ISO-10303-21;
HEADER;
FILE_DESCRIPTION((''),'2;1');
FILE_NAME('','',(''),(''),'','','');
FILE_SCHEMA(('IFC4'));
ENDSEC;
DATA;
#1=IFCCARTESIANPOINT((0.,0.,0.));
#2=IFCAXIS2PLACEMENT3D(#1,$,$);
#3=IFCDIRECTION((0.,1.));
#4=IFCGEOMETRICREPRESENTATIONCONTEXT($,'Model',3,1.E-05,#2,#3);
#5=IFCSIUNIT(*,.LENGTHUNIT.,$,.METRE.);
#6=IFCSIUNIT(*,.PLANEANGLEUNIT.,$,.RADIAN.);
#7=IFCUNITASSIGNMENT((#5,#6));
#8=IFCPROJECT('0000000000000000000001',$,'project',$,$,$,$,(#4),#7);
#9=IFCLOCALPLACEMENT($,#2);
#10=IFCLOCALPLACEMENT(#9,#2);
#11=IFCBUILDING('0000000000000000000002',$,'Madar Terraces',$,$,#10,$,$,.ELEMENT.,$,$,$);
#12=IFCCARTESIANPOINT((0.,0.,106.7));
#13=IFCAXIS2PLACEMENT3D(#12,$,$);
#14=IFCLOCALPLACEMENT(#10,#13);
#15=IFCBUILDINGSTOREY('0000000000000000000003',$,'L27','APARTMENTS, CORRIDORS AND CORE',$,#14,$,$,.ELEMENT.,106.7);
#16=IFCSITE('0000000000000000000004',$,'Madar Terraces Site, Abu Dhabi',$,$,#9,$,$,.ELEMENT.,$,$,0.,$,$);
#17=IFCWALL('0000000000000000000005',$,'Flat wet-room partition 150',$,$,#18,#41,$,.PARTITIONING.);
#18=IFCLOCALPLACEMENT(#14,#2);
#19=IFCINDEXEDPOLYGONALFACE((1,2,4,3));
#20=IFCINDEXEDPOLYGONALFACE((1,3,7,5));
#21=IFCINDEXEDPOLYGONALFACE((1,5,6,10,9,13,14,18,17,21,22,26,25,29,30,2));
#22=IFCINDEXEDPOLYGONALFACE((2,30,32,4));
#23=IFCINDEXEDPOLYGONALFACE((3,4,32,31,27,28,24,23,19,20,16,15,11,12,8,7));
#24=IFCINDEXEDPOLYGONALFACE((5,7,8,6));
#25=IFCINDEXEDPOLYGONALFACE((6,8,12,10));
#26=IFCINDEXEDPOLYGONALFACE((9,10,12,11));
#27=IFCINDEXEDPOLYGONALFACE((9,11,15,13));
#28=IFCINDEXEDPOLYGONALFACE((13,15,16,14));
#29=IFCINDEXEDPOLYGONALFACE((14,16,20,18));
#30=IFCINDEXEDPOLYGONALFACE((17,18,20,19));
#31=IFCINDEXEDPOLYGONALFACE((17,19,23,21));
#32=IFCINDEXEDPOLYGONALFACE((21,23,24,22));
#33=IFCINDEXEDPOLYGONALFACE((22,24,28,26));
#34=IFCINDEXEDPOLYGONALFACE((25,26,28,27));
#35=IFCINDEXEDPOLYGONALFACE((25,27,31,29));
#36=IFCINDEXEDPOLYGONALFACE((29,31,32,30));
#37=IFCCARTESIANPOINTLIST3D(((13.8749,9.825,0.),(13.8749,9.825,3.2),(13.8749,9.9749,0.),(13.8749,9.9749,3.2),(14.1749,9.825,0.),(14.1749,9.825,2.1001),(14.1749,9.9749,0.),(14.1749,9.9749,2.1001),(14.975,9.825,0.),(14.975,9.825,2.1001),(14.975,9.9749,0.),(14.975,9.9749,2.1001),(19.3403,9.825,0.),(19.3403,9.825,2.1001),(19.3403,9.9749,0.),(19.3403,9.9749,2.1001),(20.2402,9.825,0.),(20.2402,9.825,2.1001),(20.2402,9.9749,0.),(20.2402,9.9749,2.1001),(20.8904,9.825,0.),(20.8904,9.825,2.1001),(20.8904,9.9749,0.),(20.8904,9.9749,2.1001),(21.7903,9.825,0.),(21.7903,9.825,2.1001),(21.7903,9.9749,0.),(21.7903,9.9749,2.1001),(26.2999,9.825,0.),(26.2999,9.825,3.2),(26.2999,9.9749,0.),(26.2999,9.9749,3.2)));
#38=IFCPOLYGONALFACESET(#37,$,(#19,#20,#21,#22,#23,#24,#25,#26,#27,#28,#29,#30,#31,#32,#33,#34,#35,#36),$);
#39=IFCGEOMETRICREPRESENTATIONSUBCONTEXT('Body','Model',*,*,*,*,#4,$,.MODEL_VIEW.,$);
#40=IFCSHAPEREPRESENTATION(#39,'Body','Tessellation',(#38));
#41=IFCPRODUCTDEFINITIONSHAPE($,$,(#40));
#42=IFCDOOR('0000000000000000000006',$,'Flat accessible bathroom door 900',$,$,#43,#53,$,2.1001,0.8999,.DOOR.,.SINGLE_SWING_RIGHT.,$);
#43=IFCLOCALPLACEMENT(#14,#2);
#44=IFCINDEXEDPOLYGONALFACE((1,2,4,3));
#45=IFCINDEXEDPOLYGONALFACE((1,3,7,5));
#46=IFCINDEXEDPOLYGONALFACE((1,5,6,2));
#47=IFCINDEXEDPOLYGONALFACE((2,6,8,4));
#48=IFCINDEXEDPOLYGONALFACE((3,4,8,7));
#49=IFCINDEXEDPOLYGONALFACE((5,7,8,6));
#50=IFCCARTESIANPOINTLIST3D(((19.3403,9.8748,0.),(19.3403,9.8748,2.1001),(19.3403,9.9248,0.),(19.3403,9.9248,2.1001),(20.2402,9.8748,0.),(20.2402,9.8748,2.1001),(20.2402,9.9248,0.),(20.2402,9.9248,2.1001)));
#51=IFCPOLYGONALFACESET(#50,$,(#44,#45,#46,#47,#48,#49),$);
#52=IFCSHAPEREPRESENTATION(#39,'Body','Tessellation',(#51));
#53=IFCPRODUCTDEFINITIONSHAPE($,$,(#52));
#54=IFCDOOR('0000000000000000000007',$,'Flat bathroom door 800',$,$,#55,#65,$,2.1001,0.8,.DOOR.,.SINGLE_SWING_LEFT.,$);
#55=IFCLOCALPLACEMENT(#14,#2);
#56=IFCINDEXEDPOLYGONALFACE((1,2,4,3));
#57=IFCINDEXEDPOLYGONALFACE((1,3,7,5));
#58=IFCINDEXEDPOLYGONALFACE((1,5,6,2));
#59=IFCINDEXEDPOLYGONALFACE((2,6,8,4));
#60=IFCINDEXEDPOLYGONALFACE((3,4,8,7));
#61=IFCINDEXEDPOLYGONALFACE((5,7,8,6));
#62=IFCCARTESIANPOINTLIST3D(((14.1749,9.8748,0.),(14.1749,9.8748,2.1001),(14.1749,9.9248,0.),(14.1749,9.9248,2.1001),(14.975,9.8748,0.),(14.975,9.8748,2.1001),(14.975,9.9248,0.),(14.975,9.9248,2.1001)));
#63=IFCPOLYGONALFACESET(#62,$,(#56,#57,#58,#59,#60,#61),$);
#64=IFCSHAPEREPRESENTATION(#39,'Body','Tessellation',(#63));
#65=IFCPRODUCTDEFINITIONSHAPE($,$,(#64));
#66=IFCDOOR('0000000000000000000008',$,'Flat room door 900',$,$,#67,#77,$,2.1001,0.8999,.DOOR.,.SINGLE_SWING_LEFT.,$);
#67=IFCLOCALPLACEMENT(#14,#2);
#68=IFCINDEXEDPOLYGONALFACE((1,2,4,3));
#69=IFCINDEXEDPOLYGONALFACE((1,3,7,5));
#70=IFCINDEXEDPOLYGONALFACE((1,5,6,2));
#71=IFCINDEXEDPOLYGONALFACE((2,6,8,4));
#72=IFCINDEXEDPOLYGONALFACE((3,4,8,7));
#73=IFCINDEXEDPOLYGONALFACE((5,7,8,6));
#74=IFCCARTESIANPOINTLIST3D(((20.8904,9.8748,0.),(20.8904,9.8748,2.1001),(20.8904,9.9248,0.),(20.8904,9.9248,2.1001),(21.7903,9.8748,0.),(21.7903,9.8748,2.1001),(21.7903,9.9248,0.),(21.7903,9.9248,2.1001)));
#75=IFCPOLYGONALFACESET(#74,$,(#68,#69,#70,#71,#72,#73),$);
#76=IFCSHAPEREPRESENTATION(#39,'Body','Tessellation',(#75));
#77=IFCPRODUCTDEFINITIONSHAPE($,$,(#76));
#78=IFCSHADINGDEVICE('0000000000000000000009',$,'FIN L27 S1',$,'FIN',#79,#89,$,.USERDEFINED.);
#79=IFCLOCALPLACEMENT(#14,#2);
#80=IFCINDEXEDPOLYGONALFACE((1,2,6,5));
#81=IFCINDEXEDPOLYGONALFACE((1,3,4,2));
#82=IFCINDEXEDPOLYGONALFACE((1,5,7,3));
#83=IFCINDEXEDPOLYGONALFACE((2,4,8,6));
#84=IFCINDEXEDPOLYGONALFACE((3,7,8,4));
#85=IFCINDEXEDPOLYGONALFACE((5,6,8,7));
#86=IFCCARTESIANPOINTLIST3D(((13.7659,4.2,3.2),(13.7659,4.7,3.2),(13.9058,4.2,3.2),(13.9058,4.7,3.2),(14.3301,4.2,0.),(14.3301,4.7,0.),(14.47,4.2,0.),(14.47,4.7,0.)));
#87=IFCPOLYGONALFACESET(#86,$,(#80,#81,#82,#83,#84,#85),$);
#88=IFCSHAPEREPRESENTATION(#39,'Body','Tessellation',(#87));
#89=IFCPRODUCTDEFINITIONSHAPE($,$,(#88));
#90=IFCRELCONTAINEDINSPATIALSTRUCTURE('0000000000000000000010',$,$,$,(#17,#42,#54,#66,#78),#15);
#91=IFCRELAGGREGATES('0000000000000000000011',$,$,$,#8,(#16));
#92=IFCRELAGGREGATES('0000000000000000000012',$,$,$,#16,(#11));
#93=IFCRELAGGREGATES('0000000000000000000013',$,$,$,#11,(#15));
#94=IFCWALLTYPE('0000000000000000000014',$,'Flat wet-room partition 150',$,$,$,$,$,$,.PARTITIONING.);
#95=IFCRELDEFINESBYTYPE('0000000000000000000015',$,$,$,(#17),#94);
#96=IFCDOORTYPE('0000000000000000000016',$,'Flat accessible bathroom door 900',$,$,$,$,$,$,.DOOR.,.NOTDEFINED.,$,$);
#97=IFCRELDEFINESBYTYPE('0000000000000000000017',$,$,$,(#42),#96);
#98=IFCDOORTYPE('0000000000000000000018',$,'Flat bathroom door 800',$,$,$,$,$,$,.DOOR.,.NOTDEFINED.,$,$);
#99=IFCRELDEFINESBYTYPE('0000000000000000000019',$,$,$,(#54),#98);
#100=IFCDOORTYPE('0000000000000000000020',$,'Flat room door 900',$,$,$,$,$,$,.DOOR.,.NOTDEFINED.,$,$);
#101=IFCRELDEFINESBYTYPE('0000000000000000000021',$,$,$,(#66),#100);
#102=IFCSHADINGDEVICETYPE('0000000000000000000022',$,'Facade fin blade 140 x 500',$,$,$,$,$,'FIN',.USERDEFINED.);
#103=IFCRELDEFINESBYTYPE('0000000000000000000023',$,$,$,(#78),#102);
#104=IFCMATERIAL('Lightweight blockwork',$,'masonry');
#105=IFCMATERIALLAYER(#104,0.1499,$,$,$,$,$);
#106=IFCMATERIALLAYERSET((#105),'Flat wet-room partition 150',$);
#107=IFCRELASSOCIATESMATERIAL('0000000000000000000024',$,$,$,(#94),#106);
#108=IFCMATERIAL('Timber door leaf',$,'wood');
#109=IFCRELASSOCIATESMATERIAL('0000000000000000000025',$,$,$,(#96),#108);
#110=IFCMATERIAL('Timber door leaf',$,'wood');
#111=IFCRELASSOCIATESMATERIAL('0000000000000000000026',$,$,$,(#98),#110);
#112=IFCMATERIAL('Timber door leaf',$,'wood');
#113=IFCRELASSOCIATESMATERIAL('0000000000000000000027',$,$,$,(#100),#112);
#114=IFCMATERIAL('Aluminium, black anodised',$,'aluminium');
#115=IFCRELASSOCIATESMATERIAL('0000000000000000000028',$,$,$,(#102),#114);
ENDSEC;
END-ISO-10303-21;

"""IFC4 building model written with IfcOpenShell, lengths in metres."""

from ifc_helpers import new_model, si_unit, direction, frame, frame_2d, origin, place, context, subcontext, project, spatial, polyline, rectangle, outline, extrude, material, layer, layer_set, type_object, element, fill, save


model = new_model("IFC4")

# Units and contexts
model_context = context("Model", 3, precision=1e-05, world=origin(), true_north=direction((0.0, 1.0)))
body_context = subcontext(model_context, "Body", "Model", "MODEL_VIEW")
ifc_project = project(units=[si_unit("LENGTHUNIT", "METRE"), si_unit("PLANEANGLEUNIT", "RADIAN")], contexts=[model_context])

# Site, building, storey
site_placement = place(None, origin())
site = spatial("IfcSite", under=ifc_project, at=site_placement, Name="Madar Terraces Site, Abu Dhabi", CompositionType="ELEMENT", RefElevation=0.0)
building_placement = place(site_placement, origin())
building = spatial("IfcBuilding", under=site, at=building_placement, Name="Madar Terraces", CompositionType="ELEMENT")
storey_placement = place(building_placement, frame((0.0, 0.0, 106.7)))
storey = spatial("IfcBuildingStorey", under=building, at=storey_placement, Name="L27", Description="APARTMENTS, CORRIDORS AND CORE", CompositionType="ELEMENT", Elevation=106.7)

# Shared definitions
ifc_material_1 = material(Name="Lightweight blockwork", Category="masonry")
ifc_layer_1 = layer(ifc_material_1, 0.1499)
ifc_layer_set_1 = layer_set([ifc_layer_1], Name="Flat wet-room partition 150")
wall_type_1 = type_object("IfcWallType", Name="Flat wet-room partition 150", PredefinedType="PARTITIONING", material=ifc_layer_set_1)

# Wall, openings, doors
wall_1_placement = place(storey_placement, frame((13.875, 9.8999, 0.0), z_axis=(0.0, 0.0, 1.0), x_axis=(1.0, 0.0, 0.0)))
wall_1 = element("IfcWall", 1, at=wall_1_placement, inside=storey, type_object=wall_type_1, Name="Flat wet-room partition 150", PredefinedType="PARTITIONING", context=body_context, shape_type="SweptSolid", body=[
    extrude(rectangle(XDim=12.425, YDim=0.1499, at=frame_2d((6.2124, 0.0))), origin(), (0.0, 0.0, 1.0), 3.2),
])
opening_1_placement = place(wall_1_placement, frame((0.3, 0.0, 0.0)))
opening_1 = element("IfcOpeningElement", 2, at=opening_1_placement, cuts=wall_1, PredefinedType="OPENING", context=body_context, shape_type="SweptSolid", body=[
    extrude(rectangle(XDim=0.8, YDim=2.1001, at=frame_2d((0.3999, 1.05))), frame((0.0, 0.085, 0.0), z_axis=(0.0, -1.0, 0.0), x_axis=(1.0, 0.0, 0.0)), (0.0, 0.0, 1.0), 0.1699),
])
opening_2_placement = place(wall_1_placement, frame((5.4653, 0.0, 0.0)))
opening_2 = element("IfcOpeningElement", 3, at=opening_2_placement, cuts=wall_1, PredefinedType="OPENING", context=body_context, shape_type="SweptSolid", body=[
    extrude(rectangle(XDim=0.8999, YDim=2.1001, at=frame_2d((0.45, 1.05))), frame((0.0, 0.085, 0.0), z_axis=(0.0, -1.0, 0.0), x_axis=(1.0, 0.0, 0.0)), (0.0, 0.0, 1.0), 0.1699),
])
opening_3_placement = place(wall_1_placement, frame((7.0154, 0.0, 0.0)))
opening_3 = element("IfcOpeningElement", 4, at=opening_3_placement, cuts=wall_1, PredefinedType="OPENING", context=body_context, shape_type="SweptSolid", body=[
    extrude(rectangle(XDim=0.8999, YDim=2.1001, at=frame_2d((0.45, 1.05))), frame((0.0, 0.085, 0.0), z_axis=(0.0, -1.0, 0.0), x_axis=(1.0, 0.0, 0.0)), (0.0, 0.0, 1.0), 0.1699),
])
ifc_material_2 = material(Name="Timber door leaf", Category="wood")
door_type_1 = type_object("IfcDoorType", Name="Flat accessible bathroom door 900", OperationType="NOTDEFINED", PredefinedType="DOOR", material=ifc_material_2)
door_1_placement = place(opening_2_placement, origin())
door_1 = element("IfcDoor", 5, at=door_1_placement, inside=storey, type_object=door_type_1, Name="Flat accessible bathroom door 900", OperationType="SINGLE_SWING_RIGHT", OverallHeight=2.1001, OverallWidth=0.8999, PredefinedType="DOOR", context=body_context, shape_type="SweptSolid", body=[
    extrude(rectangle(XDim=0.8999, YDim=2.1001, at=frame_2d((0.45, 1.05))), frame((0.0, 0.0249, 0.0), z_axis=(0.0, -1.0, 0.0), x_axis=(1.0, 0.0, 0.0)), (0.0, 0.0, 1.0), 0.05),
])
fill(opening_2, door_1)
ifc_material_3 = material(Name="Timber door leaf", Category="wood")
door_type_2 = type_object("IfcDoorType", Name="Flat bathroom door 800", OperationType="NOTDEFINED", PredefinedType="DOOR", material=ifc_material_3)
door_2_placement = place(opening_1_placement, origin())
door_2 = element("IfcDoor", 6, at=door_2_placement, inside=storey, type_object=door_type_2, Name="Flat bathroom door 800", OperationType="SINGLE_SWING_LEFT", OverallHeight=2.1001, OverallWidth=0.8, PredefinedType="DOOR", context=body_context, shape_type="SweptSolid", body=[
    extrude(rectangle(XDim=0.8, YDim=2.1001, at=frame_2d((0.3999, 1.05))), frame((0.0, 0.0249, 0.0), z_axis=(0.0, -1.0, 0.0), x_axis=(1.0, 0.0, 0.0)), (0.0, 0.0, 1.0), 0.05),
])
fill(opening_1, door_2)
ifc_material_4 = material(Name="Timber door leaf", Category="wood")
door_type_3 = type_object("IfcDoorType", Name="Flat room door 900", OperationType="NOTDEFINED", PredefinedType="DOOR", material=ifc_material_4)
door_3_placement = place(opening_3_placement, origin())
door_3 = element("IfcDoor", 7, at=door_3_placement, inside=storey, type_object=door_type_3, Name="Flat room door 900", OperationType="SINGLE_SWING_LEFT", OverallHeight=2.1001, OverallWidth=0.8999, PredefinedType="DOOR", context=body_context, shape_type="SweptSolid", body=[
    extrude(rectangle(XDim=0.8999, YDim=2.1001, at=frame_2d((0.45, 1.05))), frame((0.0, 0.0249, 0.0), z_axis=(0.0, -1.0, 0.0), x_axis=(1.0, 0.0, 0.0)), (0.0, 0.0, 1.0), 0.05),
])
fill(opening_3, door_3)

# Shading device
ifc_material_5 = material(Name="Aluminium, black anodised", Category="aluminium")
shading_device_type = type_object("IfcShadingDeviceType", Name="Facade fin blade 140 x 500", ElementType="FIN", PredefinedType="USERDEFINED", material=ifc_material_5)
shading_device_placement = place(storey_placement, frame((14.3301, 4.45, 0.0), z_axis=(0.0, 0.0, 1.0), x_axis=(1.0, 0.0, 0.0)))
element("IfcShadingDevice", 8, at=shading_device_placement, inside=storey, type_object=shading_device_type, Name="FIN L27 S1", ObjectType="FIN", PredefinedType="USERDEFINED", context=body_context, shape_type="SweptSolid", body=[
    extrude(outline(polyline([(0.0, 0.0), (0.1399, 0.0), (-0.4243, 3.2), (-0.5642, 3.2), (0.0, 0.0)])), frame((0.0, 0.25, 0.0), z_axis=(0.0, -1.0, 0.0), x_axis=(1.0, 0.0, 0.0)), (0.0, 0.0, 1.0), 0.5),
])

save(model, "model.ifc")
